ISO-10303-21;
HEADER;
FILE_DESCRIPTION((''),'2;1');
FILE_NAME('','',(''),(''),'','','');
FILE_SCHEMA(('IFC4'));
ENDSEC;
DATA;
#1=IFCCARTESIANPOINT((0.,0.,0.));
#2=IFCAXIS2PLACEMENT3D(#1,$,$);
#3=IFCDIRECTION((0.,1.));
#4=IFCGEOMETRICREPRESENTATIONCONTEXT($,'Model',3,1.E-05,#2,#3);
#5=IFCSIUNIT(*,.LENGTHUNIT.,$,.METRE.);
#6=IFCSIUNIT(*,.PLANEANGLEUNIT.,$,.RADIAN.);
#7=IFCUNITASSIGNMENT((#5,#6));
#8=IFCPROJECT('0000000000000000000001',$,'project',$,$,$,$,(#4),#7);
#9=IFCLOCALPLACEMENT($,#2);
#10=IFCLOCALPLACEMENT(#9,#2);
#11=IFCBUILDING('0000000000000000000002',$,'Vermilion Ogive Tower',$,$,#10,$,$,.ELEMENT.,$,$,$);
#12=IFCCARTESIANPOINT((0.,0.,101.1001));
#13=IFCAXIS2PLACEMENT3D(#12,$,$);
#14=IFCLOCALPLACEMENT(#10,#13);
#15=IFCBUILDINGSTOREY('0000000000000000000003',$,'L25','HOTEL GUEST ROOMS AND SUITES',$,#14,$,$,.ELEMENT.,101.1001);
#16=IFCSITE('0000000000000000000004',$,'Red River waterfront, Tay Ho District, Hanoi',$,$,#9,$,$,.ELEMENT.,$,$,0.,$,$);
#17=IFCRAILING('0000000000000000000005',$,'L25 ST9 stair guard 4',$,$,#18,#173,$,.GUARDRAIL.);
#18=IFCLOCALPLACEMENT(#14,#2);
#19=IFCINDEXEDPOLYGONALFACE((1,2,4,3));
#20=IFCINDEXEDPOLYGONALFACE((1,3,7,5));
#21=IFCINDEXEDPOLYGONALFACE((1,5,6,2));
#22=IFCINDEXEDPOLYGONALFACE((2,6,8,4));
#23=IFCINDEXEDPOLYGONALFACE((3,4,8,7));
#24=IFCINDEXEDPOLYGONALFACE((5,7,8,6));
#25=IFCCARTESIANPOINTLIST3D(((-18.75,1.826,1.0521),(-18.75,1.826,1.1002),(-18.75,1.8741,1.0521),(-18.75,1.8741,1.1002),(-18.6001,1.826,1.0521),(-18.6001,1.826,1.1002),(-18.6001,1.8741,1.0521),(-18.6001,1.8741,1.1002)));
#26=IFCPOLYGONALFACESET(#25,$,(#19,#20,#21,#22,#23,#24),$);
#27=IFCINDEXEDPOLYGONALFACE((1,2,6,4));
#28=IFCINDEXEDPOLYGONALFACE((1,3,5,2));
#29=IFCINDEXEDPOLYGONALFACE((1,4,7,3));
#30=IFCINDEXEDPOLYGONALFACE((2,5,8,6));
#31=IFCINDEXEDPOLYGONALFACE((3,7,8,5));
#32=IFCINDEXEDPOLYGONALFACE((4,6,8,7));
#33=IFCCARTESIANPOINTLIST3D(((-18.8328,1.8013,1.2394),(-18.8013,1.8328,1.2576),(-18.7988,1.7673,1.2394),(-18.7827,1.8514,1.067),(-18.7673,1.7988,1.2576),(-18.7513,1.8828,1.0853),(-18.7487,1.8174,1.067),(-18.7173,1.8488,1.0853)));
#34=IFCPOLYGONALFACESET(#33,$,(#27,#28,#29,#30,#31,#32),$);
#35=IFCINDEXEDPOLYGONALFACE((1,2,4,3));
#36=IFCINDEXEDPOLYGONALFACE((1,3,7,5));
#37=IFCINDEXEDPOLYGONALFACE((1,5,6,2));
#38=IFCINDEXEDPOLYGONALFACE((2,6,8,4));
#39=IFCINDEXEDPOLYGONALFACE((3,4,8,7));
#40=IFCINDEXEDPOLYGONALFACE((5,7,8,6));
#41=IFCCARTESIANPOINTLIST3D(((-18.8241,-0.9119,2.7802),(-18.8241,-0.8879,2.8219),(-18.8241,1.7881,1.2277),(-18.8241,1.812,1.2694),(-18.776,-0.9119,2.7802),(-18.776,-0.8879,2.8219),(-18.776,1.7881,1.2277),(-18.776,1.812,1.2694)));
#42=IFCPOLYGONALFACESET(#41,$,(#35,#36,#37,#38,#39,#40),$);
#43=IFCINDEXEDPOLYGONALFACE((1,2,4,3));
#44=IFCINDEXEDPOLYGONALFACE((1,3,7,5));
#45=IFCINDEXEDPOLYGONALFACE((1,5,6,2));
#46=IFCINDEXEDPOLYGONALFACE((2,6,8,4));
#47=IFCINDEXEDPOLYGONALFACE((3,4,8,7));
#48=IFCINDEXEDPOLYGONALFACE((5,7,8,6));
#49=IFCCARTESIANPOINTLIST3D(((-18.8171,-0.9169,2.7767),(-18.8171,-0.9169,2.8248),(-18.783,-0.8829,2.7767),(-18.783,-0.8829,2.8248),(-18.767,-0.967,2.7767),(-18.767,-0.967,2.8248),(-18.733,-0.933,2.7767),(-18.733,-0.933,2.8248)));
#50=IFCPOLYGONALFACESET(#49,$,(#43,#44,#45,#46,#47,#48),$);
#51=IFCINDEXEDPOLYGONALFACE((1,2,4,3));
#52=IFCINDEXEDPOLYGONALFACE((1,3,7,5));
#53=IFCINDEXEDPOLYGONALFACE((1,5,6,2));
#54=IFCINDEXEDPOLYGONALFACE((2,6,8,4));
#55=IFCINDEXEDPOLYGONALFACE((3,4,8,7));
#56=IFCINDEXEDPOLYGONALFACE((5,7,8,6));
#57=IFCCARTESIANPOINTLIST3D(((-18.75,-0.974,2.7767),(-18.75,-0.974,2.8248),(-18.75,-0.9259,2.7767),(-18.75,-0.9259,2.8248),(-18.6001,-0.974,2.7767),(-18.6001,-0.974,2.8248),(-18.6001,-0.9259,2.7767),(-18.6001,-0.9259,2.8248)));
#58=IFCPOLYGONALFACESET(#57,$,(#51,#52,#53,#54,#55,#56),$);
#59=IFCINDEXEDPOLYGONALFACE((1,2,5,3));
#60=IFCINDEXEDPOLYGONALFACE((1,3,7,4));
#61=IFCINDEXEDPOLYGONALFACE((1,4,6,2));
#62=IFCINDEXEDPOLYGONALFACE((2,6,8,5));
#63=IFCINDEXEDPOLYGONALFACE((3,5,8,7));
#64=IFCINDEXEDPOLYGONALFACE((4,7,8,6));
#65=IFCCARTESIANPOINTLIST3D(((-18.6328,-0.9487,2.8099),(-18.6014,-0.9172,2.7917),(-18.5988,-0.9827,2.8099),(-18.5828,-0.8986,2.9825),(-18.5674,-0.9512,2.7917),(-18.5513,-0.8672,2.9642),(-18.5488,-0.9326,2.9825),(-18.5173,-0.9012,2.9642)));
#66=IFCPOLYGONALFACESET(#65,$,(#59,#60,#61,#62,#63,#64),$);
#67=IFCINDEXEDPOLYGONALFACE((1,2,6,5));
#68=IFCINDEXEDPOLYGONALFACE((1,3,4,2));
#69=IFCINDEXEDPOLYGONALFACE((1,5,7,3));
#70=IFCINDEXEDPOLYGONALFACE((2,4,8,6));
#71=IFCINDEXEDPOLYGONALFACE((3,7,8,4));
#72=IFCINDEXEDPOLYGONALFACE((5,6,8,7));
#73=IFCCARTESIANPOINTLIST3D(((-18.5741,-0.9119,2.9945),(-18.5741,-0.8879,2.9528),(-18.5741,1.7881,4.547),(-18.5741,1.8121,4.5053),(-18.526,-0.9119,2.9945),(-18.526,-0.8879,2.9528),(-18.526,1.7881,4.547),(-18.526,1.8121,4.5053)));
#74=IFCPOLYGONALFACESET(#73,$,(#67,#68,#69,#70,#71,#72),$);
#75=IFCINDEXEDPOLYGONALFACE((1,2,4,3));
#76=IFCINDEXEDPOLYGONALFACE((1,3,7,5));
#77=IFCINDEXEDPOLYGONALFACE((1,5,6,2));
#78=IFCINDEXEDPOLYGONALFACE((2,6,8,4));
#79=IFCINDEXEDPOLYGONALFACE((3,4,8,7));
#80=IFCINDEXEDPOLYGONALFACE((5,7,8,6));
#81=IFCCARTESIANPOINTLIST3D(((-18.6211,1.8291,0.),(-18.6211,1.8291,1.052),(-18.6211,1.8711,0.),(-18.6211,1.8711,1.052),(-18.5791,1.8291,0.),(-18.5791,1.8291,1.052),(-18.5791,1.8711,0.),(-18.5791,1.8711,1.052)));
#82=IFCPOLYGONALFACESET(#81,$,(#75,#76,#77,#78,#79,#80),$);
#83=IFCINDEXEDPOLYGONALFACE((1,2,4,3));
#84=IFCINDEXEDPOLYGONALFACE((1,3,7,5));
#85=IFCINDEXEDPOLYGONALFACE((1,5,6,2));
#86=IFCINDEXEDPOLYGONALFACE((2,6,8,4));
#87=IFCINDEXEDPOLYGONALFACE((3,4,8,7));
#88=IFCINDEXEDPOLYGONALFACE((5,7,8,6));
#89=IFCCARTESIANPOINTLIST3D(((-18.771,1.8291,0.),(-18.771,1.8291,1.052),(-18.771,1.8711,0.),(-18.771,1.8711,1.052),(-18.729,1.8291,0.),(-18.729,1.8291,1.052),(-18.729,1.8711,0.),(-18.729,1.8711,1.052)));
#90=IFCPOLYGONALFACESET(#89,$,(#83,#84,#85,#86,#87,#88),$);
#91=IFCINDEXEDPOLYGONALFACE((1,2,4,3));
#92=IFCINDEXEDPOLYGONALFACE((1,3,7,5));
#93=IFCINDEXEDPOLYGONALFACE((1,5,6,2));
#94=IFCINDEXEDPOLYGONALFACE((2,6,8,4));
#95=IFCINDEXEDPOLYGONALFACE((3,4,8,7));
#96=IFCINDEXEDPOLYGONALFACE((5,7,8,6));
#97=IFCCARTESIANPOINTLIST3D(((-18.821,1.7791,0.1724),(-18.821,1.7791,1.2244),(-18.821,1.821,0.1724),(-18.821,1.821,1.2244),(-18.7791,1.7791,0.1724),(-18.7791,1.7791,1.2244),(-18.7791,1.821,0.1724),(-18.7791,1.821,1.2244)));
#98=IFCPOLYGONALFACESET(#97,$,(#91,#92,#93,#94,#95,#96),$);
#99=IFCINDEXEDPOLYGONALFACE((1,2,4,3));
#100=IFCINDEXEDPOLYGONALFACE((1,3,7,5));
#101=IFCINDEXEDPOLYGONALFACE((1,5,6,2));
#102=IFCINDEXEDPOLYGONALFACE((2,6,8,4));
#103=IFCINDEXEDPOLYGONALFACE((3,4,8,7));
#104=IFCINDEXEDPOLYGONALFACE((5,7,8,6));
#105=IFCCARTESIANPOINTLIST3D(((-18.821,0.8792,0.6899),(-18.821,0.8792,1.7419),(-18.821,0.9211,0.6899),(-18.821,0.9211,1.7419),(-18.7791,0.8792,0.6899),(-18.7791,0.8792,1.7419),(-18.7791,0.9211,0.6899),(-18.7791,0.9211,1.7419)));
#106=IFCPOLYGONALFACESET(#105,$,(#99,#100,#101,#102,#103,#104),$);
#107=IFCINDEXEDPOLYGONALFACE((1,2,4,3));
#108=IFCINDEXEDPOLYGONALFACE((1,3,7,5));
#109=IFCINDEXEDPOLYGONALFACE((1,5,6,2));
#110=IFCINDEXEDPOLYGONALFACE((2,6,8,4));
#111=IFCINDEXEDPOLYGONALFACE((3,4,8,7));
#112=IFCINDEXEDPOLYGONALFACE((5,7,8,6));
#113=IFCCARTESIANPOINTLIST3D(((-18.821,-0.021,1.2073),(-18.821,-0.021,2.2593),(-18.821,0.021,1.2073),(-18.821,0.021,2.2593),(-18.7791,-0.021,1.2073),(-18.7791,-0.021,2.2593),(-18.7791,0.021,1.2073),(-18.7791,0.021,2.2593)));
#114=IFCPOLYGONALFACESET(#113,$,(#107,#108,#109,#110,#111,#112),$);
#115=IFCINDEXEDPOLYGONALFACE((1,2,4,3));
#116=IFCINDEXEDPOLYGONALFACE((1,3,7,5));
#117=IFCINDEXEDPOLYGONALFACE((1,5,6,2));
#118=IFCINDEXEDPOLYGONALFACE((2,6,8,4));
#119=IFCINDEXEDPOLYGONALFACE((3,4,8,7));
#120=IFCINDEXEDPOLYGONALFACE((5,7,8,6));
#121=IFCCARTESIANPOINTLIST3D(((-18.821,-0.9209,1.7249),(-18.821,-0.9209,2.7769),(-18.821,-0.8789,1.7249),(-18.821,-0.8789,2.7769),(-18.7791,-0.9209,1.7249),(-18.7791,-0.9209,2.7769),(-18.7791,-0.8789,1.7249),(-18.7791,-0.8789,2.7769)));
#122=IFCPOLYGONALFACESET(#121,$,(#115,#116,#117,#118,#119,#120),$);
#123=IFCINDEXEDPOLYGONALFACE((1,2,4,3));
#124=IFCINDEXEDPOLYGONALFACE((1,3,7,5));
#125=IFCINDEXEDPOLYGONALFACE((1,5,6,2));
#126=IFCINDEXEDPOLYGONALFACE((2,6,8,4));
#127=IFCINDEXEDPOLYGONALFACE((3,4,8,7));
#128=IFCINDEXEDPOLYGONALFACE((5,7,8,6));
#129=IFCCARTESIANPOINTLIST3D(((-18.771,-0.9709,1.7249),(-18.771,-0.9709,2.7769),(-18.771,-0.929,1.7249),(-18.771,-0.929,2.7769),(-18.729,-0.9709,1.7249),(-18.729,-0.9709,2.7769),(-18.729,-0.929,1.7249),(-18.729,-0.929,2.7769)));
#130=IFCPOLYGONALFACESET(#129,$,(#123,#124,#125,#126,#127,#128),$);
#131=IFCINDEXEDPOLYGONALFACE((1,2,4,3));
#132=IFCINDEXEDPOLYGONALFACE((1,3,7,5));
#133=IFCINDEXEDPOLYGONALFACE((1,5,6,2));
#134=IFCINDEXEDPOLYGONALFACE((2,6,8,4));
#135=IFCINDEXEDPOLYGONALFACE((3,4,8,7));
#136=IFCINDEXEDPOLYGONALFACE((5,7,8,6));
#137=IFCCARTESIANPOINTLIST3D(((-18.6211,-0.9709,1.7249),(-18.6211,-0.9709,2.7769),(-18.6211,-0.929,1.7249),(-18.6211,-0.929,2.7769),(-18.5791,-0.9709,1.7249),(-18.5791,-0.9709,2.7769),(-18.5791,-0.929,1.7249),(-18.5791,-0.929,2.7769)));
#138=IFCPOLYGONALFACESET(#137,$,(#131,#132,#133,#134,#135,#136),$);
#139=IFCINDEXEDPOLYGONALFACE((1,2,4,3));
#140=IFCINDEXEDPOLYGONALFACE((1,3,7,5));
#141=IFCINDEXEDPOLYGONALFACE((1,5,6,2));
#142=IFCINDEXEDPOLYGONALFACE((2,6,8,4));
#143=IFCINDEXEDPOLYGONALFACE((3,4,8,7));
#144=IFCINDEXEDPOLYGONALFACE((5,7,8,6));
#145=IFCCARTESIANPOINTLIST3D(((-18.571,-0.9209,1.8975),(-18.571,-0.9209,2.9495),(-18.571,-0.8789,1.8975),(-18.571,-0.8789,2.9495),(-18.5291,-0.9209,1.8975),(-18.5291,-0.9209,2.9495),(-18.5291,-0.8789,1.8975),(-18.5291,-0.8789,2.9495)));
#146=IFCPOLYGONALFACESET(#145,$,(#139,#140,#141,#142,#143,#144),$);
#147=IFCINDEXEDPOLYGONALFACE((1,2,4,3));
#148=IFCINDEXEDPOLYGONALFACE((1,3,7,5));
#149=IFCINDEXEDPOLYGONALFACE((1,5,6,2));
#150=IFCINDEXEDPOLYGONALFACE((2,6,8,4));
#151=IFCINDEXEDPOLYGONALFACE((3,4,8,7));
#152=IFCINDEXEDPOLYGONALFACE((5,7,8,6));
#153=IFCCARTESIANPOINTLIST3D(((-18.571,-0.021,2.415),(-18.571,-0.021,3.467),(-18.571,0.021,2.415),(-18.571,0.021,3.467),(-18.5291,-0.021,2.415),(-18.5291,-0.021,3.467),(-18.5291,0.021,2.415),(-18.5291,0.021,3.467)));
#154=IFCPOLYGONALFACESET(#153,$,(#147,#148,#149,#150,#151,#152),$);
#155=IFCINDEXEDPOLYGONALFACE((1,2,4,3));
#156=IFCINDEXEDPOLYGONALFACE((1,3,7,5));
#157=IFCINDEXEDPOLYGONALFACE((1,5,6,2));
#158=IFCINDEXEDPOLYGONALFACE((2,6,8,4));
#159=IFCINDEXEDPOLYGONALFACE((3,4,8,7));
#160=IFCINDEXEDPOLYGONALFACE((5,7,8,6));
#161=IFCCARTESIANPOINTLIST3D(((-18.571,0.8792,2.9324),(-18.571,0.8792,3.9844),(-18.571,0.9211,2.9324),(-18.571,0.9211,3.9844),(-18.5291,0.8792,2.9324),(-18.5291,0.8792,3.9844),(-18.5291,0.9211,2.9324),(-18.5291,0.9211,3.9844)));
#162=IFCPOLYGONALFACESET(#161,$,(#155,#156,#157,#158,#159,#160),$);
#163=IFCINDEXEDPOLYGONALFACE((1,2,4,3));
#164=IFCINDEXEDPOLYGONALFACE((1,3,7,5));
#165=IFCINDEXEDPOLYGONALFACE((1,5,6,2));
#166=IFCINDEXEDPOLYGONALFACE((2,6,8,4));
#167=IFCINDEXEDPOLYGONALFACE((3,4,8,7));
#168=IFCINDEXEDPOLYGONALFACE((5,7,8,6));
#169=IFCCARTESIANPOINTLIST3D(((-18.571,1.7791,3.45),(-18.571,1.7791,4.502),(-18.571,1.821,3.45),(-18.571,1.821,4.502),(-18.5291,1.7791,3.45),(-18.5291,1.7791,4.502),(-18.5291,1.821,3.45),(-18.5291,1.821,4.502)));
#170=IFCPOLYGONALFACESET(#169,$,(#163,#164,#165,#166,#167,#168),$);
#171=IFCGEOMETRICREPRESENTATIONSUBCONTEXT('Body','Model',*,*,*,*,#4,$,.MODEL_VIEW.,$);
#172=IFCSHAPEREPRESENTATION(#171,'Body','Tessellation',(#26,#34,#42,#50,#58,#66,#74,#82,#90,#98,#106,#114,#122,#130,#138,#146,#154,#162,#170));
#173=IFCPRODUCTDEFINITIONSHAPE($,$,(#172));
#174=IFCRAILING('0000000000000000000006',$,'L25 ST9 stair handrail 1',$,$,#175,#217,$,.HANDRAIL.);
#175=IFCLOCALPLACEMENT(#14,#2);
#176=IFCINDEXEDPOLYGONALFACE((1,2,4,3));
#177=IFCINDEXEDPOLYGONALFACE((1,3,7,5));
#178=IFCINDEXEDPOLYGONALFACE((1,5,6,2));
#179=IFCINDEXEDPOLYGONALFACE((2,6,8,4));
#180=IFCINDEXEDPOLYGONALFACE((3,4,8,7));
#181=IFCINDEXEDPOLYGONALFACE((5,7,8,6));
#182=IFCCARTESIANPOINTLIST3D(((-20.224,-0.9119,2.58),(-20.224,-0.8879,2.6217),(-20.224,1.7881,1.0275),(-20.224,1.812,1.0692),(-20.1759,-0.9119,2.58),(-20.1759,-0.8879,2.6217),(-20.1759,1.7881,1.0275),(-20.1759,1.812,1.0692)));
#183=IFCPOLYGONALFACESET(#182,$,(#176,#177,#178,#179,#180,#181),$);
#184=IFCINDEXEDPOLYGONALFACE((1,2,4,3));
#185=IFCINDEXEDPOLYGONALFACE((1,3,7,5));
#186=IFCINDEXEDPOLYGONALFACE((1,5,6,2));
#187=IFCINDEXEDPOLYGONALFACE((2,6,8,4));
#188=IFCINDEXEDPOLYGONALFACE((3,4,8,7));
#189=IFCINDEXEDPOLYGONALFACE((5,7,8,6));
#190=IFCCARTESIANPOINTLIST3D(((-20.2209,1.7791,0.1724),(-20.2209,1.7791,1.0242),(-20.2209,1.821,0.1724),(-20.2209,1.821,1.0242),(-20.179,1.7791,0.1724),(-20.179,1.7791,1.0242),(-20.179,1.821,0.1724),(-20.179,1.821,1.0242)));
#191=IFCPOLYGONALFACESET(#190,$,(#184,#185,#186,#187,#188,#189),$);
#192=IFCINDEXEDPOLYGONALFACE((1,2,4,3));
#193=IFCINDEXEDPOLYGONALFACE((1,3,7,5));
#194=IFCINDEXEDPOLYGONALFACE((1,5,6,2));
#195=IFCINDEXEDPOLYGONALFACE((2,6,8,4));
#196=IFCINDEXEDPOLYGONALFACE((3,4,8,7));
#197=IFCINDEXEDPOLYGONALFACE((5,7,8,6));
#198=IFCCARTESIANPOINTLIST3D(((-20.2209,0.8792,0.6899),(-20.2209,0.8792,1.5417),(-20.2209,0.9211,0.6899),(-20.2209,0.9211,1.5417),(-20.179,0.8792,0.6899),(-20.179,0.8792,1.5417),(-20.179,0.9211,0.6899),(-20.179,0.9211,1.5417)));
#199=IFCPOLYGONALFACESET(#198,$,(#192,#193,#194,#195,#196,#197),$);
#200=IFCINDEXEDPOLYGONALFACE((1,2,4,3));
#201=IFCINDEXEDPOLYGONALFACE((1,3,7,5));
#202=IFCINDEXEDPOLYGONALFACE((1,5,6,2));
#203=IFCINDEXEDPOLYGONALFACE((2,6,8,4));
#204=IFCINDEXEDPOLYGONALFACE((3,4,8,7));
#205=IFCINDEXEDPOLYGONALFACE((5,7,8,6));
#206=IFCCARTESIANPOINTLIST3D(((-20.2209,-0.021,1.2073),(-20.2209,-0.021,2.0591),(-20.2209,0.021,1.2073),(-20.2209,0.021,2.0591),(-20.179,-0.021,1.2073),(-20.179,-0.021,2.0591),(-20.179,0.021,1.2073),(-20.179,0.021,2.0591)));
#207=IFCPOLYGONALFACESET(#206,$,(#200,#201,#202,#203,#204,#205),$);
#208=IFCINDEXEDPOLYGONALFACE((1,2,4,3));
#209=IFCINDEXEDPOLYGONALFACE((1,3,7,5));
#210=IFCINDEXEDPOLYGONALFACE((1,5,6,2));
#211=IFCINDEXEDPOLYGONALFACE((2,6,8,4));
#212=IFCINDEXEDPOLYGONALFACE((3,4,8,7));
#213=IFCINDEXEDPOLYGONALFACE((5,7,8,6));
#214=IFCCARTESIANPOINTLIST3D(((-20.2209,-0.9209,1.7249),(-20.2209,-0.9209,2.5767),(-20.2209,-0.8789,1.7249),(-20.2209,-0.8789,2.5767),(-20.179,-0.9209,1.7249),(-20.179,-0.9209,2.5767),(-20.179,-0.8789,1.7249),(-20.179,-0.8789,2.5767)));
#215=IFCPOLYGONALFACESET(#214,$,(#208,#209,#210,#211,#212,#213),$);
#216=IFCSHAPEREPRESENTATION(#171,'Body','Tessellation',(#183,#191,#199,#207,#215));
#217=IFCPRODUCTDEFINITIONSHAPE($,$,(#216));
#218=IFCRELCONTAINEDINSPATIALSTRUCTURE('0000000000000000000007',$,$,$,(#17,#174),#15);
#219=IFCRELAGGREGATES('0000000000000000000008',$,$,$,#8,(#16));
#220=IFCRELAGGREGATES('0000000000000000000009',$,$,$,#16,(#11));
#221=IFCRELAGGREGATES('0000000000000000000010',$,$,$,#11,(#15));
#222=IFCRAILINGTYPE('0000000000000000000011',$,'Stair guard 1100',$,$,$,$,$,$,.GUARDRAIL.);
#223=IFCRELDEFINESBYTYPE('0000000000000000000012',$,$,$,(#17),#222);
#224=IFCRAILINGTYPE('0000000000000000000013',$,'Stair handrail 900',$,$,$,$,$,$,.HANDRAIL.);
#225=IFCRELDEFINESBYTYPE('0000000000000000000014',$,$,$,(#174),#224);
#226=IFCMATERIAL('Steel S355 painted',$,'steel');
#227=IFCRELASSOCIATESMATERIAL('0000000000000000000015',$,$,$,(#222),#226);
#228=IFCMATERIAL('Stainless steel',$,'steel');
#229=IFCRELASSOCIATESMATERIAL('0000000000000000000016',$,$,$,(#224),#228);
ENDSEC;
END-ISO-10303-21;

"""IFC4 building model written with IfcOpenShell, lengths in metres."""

from ifc_helpers import new_model, si_unit, direction, frame, origin, origin_2d, place, context, subcontext, project, spatial, rectangle, extrude, material, type_object, element, save


model = new_model("IFC4")

# Units and contexts
model_context = context("Model", 3, precision=1e-05, world=origin(), true_north=direction((0.0, 1.0)))
body_context = subcontext(model_context, "Body", "Model", "MODEL_VIEW")
ifc_project = project(units=[si_unit("LENGTHUNIT", "METRE"), si_unit("PLANEANGLEUNIT", "RADIAN")], contexts=[model_context])

# Site, building, storey
site_placement = place(None, origin())
site = spatial("IfcSite", under=ifc_project, at=site_placement, Name="Red River waterfront, Tay Ho District, Hanoi", CompositionType="ELEMENT", RefElevation=0.0)
building_placement = place(site_placement, origin())
building = spatial("IfcBuilding", under=site, at=building_placement, Name="Vermilion Ogive Tower", CompositionType="ELEMENT")
storey_placement = place(building_placement, frame((0.0, 0.0, 101.1001)))
storey = spatial("IfcBuildingStorey", under=building, at=storey_placement, Name="L25", Description="HOTEL GUEST ROOMS AND SUITES", CompositionType="ELEMENT", Elevation=101.1001)

# Railings
ifc_material_1 = material(Name="Steel S355 painted", Category="steel")
railing_type_1 = type_object("IfcRailingType", Name="Stair guard 1100", PredefinedType="GUARDRAIL", material=ifc_material_1)
railing_1_placement = place(storey_placement, frame((-18.6001, 1.8501, 0.0)))
element("IfcRailing", 1, at=railing_1_placement, inside=storey, type_object=railing_type_1, Name="L25 ST9 stair guard 4", PredefinedType="GUARDRAIL", context=body_context, shape_type="SweptSolid", body=[
    extrude(rectangle(XDim=0.0481, YDim=0.0481, at=origin_2d()), frame((0.0, 0.0, 1.0762), z_axis=(-1.0, 0.0, 0.0), x_axis=(0.0, -1.0, 0.0)), (0.0, 0.0, 1.0), 0.1499),
    extrude(rectangle(XDim=0.0481, YDim=0.0481, at=origin_2d()), frame((-0.1499, 0.0, 1.0762), z_axis=(-0.268603, -0.268603, 0.925043), x_axis=(0.707107, -0.707107, 0.0)), (0.0, 0.0, 1.0), 0.1863),
    extrude(rectangle(XDim=0.0481, YDim=0.0481, at=origin_2d()), frame((-0.2, -0.05, 1.2485), z_axis=(0.0, -0.866904, 0.498476), x_axis=(1.0, 0.0, 0.0)), (0.0, 0.0, 1.0), 3.1145),
    extrude(rectangle(XDim=0.0481, YDim=0.0481, at=origin_2d()), frame((-0.2, -2.75, 2.8008), z_axis=(0.707107, -0.707107, 0.0), x_axis=(0.707107, 0.707107, 0.0)), (0.0, 0.0, 1.0), 0.0708),
    extrude(rectangle(XDim=0.0481, YDim=0.0481, at=origin_2d()), frame((-0.1499, -2.8, 2.8008), z_axis=(1.0, 0.0, 0.0), x_axis=(0.0, 1.0, 0.0)), (0.0, 0.0, 1.0), 0.1499),
    extrude(rectangle(XDim=0.0481, YDim=0.0481, at=origin_2d()), frame((0.0, -2.8, 2.8008), z_axis=(0.268278, 0.268278, 0.925232), x_axis=(-0.707107, 0.707107, 0.0)), (0.0, 0.0, 1.0), 0.1865),
    extrude(rectangle(XDim=0.0481, YDim=0.0481, at=origin_2d()), frame((0.05, -2.75, 2.9736), z_axis=(0.0, 0.866904, 0.498476), x_axis=(-1.0, 0.0, 0.0)), (0.0, 0.0, 1.0), 3.1145),
    extrude(rectangle(XDim=0.042, YDim=0.042, at=origin_2d()), origin(), (0.0, 0.0, 1.0), 1.052),
    extrude(rectangle(XDim=0.042, YDim=0.042, at=origin_2d()), frame((-0.1499, 0.0, 0.0)), (0.0, 0.0, 1.0), 1.052),
    extrude(rectangle(XDim=0.042, YDim=0.042, at=origin_2d()), frame((-0.2, -0.05, 0.1724)), (0.0, 0.0, 1.0), 1.052),
    extrude(rectangle(XDim=0.042, YDim=0.042, at=origin_2d()), frame((-0.2, -0.95, 0.6899)), (0.0, 0.0, 1.0), 1.052),
    extrude(rectangle(XDim=0.042, YDim=0.042, at=origin_2d()), frame((-0.2, -1.8501, 1.2073)), (0.0, 0.0, 1.0), 1.052),
    extrude(rectangle(XDim=0.042, YDim=0.042, at=origin_2d()), frame((-0.2, -2.75, 1.7249)), (0.0, 0.0, 1.0), 1.052),
    extrude(rectangle(XDim=0.042, YDim=0.042, at=origin_2d()), frame((-0.1499, -2.8, 1.7249)), (0.0, 0.0, 1.0), 1.052),
    extrude(rectangle(XDim=0.042, YDim=0.042, at=origin_2d()), frame((0.0, -2.8, 1.7249)), (0.0, 0.0, 1.0), 1.052),
    extrude(rectangle(XDim=0.042, YDim=0.042, at=origin_2d()), frame((0.05, -2.75, 1.8975)), (0.0, 0.0, 1.0), 1.052),
    extrude(rectangle(XDim=0.042, YDim=0.042, at=origin_2d()), frame((0.05, -1.8501, 2.415)), (0.0, 0.0, 1.0), 1.052),
    extrude(rectangle(XDim=0.042, YDim=0.042, at=origin_2d()), frame((0.05, -0.95, 2.9324)), (0.0, 0.0, 1.0), 1.052),
    extrude(rectangle(XDim=0.042, YDim=0.042, at=origin_2d()), frame((0.05, -0.05, 3.45)), (0.0, 0.0, 1.0), 1.052),
])
ifc_material_2 = material(Name="Stainless steel", Category="steel")
railing_type_2 = type_object("IfcRailingType", Name="Stair handrail 900", PredefinedType="HANDRAIL", material=ifc_material_2)
railing_2_placement = place(storey_placement, frame((-20.2, 1.8, 0.1724)))
element("IfcRailing", 2, at=railing_2_placement, inside=storey, type_object=railing_type_2, Name="L25 ST9 stair handrail 1", PredefinedType="HANDRAIL", context=body_context, shape_type="SweptSolid", body=[
    extrude(rectangle(XDim=0.0481, YDim=0.0481, at=origin_2d()), frame((0.0, 0.0, 0.876), z_axis=(0.0, -0.866904, 0.498476), x_axis=(1.0, 0.0, 0.0)), (0.0, 0.0, 1.0), 3.1145),
    extrude(rectangle(XDim=0.042, YDim=0.042, at=origin_2d()), origin(), (0.0, 0.0, 1.0), 0.8518),
    extrude(rectangle(XDim=0.042, YDim=0.042, at=origin_2d()), frame((0.0, -0.8999, 0.5176)), (0.0, 0.0, 1.0), 0.8518),
    extrude(rectangle(XDim=0.042, YDim=0.042, at=origin_2d()), frame((0.0, -1.8, 1.0349)), (0.0, 0.0, 1.0), 0.8518),
    extrude(rectangle(XDim=0.042, YDim=0.042, at=origin_2d()), frame((0.0, -2.7, 1.5525)), (0.0, 0.0, 1.0), 0.8518),
])

save(model, "model.ifc")
